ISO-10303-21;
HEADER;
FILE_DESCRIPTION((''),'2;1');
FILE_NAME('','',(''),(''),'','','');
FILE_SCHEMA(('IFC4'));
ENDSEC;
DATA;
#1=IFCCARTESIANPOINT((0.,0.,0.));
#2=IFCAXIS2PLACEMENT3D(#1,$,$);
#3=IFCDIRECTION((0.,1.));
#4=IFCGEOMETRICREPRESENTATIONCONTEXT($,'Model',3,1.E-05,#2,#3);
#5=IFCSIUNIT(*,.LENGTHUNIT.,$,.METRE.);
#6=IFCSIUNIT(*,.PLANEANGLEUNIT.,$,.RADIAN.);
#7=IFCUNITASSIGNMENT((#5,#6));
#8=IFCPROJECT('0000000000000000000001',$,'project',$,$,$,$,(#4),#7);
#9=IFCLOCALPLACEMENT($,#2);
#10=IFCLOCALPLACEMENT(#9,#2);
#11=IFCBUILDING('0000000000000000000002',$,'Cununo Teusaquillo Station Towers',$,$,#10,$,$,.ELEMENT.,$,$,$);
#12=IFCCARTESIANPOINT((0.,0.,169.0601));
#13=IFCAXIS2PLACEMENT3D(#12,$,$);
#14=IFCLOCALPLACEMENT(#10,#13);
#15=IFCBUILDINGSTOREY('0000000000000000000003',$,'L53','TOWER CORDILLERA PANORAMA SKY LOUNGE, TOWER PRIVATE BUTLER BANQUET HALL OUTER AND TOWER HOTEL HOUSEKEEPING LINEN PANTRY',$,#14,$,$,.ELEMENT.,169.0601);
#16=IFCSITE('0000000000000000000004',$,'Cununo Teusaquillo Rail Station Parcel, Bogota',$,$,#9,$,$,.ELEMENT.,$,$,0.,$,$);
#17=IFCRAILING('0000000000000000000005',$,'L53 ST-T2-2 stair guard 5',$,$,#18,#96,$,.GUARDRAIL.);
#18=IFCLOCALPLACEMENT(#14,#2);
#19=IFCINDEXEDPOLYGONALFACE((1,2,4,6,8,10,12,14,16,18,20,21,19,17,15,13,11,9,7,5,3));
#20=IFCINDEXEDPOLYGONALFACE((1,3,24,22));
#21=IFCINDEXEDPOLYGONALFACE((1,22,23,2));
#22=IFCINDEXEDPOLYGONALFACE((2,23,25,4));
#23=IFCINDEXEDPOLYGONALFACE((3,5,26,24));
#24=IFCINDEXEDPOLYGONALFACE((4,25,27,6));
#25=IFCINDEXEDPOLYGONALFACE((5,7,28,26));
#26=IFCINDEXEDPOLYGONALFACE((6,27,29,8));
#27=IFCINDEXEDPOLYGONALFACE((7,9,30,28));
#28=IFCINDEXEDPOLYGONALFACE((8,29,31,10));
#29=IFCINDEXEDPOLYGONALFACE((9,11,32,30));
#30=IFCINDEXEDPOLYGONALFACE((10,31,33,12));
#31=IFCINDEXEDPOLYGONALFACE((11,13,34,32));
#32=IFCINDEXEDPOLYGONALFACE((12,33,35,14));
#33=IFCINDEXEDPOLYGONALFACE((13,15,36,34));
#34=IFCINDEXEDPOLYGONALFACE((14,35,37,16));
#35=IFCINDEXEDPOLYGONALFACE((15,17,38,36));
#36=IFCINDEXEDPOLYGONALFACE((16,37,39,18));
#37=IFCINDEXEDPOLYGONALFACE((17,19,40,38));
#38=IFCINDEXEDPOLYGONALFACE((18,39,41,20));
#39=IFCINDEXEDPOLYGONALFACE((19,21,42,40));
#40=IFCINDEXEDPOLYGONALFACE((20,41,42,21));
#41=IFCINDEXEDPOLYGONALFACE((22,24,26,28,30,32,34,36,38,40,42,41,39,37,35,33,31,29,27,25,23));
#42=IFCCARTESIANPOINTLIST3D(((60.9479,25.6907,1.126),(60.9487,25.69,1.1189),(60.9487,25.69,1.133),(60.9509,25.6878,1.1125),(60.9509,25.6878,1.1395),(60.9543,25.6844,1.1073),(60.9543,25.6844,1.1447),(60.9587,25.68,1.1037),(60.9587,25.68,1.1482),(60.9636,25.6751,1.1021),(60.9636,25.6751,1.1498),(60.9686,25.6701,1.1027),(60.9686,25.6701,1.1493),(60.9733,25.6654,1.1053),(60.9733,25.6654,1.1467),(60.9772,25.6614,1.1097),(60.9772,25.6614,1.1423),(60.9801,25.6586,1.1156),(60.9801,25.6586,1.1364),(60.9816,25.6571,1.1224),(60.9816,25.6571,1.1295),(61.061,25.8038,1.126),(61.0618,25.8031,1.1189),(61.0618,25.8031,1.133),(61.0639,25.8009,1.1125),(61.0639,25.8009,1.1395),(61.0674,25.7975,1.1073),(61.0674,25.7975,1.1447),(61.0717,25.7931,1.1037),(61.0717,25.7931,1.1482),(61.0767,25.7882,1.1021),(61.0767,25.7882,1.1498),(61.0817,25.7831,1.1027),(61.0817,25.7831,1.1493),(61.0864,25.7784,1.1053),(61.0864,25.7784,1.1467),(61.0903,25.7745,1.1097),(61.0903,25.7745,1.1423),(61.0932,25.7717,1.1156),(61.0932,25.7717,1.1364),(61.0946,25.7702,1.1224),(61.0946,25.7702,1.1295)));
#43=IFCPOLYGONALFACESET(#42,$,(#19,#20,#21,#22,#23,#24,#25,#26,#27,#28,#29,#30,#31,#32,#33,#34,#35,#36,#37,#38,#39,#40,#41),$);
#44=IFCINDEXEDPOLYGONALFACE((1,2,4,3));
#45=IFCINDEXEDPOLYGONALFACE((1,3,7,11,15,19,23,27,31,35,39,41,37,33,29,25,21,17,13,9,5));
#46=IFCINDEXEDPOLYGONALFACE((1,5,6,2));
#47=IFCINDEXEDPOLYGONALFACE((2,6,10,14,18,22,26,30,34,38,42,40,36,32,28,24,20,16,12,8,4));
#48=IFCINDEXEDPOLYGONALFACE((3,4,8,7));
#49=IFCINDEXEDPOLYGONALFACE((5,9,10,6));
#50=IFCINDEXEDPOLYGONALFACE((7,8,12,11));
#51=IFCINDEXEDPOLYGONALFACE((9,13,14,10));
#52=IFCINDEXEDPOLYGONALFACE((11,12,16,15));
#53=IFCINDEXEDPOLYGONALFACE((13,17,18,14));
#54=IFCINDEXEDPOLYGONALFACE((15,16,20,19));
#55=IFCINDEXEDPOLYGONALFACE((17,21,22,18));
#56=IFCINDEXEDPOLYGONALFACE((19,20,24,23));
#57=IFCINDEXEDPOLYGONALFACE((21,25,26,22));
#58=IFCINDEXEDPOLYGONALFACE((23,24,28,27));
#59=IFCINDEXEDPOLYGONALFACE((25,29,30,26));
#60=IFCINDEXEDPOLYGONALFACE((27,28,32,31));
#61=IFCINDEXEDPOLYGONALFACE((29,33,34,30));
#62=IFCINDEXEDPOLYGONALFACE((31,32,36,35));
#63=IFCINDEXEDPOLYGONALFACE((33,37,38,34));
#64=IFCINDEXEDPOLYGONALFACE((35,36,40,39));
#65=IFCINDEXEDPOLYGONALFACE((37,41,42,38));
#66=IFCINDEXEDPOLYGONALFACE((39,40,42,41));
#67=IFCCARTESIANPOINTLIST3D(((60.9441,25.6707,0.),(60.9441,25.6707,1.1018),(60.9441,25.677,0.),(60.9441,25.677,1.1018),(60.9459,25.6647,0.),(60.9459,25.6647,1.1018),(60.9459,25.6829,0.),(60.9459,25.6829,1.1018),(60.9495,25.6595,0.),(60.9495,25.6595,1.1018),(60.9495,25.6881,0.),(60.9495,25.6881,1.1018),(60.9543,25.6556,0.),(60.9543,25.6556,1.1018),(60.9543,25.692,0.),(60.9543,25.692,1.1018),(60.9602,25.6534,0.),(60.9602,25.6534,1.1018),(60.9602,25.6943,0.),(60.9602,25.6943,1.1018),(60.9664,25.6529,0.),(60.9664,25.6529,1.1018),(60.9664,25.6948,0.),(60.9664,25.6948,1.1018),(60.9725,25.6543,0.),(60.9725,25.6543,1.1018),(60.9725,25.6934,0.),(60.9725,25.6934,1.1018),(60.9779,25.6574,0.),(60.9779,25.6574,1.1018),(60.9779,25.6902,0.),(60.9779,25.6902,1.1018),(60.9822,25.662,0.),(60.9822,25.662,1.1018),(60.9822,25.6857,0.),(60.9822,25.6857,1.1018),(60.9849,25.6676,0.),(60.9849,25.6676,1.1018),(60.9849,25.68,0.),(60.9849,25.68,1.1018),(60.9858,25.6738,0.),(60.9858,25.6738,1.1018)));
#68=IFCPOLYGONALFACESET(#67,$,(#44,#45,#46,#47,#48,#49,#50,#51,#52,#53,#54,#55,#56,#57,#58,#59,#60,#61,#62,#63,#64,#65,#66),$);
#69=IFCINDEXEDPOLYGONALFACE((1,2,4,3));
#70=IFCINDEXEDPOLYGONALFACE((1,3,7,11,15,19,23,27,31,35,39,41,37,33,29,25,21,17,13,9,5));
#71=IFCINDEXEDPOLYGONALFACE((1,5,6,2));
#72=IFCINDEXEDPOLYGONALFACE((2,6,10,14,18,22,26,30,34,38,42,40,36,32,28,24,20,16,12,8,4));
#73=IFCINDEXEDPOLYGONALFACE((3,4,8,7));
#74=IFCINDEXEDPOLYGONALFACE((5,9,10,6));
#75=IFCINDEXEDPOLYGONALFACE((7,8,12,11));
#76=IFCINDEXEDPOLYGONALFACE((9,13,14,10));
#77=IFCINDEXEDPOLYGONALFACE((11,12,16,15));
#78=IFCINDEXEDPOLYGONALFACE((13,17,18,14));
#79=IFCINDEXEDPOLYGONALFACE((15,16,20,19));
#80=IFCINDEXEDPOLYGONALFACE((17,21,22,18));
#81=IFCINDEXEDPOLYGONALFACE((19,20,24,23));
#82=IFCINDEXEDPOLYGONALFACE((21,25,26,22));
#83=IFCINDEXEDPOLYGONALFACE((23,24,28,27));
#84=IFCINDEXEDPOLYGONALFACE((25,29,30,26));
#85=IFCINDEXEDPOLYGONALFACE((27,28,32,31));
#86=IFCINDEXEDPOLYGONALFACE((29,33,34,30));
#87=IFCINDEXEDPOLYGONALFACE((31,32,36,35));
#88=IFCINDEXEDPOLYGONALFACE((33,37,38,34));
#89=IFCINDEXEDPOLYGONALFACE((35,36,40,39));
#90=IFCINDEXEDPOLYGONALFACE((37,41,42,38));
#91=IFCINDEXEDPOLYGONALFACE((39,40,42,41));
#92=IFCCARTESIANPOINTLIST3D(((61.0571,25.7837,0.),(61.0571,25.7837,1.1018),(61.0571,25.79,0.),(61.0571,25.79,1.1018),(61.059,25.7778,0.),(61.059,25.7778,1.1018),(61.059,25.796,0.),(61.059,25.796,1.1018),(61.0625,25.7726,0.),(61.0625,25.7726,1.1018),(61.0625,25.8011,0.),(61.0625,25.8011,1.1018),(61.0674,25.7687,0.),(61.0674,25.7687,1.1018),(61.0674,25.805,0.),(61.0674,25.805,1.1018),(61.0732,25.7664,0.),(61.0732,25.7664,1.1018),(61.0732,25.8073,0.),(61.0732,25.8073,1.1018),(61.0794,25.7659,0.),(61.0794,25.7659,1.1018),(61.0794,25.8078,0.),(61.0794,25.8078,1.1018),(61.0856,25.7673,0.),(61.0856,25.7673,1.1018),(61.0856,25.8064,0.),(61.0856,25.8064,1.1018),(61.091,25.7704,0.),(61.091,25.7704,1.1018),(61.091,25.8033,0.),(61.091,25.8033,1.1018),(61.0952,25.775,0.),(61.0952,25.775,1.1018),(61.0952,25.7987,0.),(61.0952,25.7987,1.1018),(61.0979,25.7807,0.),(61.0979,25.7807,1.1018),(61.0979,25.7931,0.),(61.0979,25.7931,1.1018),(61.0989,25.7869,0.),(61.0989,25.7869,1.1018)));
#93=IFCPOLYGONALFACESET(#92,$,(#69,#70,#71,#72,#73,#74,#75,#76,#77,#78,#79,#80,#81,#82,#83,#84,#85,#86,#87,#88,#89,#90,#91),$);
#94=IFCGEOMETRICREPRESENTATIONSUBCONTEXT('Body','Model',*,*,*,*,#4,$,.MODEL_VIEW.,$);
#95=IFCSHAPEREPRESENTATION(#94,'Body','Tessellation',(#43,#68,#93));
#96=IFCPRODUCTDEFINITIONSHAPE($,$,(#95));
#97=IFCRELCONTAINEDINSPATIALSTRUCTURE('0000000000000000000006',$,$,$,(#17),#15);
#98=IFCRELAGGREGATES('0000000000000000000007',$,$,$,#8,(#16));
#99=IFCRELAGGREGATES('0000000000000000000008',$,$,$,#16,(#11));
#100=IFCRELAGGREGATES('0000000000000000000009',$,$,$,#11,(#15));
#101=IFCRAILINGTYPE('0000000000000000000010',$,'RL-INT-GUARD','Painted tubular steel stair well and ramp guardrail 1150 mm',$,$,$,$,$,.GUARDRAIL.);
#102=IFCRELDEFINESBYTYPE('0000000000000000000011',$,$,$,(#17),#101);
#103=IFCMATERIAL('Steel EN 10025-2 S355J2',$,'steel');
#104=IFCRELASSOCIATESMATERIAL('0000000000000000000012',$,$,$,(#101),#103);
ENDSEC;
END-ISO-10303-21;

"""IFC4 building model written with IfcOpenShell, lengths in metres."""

from ifc_helpers import new_model, si_unit, direction, frame, origin, origin_2d, place, context, subcontext, project, spatial, circle, extrude, material, type_object, element, save


model = new_model("IFC4")

# Units and contexts
model_context = context("Model", 3, precision=1e-05, world=origin(), true_north=direction((0.0, 1.0)))
body_context = subcontext(model_context, "Body", "Model", "MODEL_VIEW")
ifc_project = project(units=[si_unit("LENGTHUNIT", "METRE"), si_unit("PLANEANGLEUNIT", "RADIAN")], contexts=[model_context])

# Site, building, storey
site_placement = place(None, origin())
site = spatial("IfcSite", under=ifc_project, at=site_placement, Name="Cununo Teusaquillo Rail Station Parcel, Bogota", CompositionType="ELEMENT", RefElevation=0.0)
building_placement = place(site_placement, origin())
building = spatial("IfcBuilding", under=site, at=building_placement, Name="Cununo Teusaquillo Station Towers", CompositionType="ELEMENT")
storey_placement = place(building_placement, frame((0.0, 0.0, 169.0601)))
storey = spatial("IfcBuildingStorey", under=building, at=storey_placement, Name="L53", Description="TOWER CORDILLERA PANORAMA SKY LOUNGE, TOWER PRIVATE BUTLER BANQUET HALL OUTER AND TOWER HOTEL HOUSEKEEPING LINEN PANTRY", CompositionType="ELEMENT", Elevation=169.0601)

# Railing
ifc_material_1 = material(Name="Steel EN 10025-2 S355J2", Category="steel")
railing_type_1 = type_object("IfcRailingType", Name="RL-INT-GUARD", Description="Painted tubular steel stair well and ramp guardrail 1150 mm", PredefinedType="GUARDRAIL", material=ifc_material_1)
railing_1_placement = place(storey_placement, frame((60.9648, 25.6738, 0.0)))
element("IfcRailing", 1, at=railing_1_placement, inside=storey, type_object=railing_type_1, Name="L53 ST-T2-2 stair guard 5", PredefinedType="GUARDRAIL", context=body_context, shape_type="SweptSolid", body=[
    extrude(circle(Radius=0.0239, at=origin_2d()), frame((0.0, 0.0, 1.126), z_axis=(0.707107, 0.707107, 0.0), x_axis=(-0.707107, 0.707107, 0.0)), (0.0, 0.0, 1.0), 0.1599),
    extrude(circle(Radius=0.021, at=origin_2d()), origin(), (0.0, 0.0, 1.0), 1.1018),
    extrude(circle(Radius=0.021, at=origin_2d()), frame((0.113, 0.113, 0.0)), (0.0, 0.0, 1.0), 1.1018),
])

save(model, "model.ifc")
